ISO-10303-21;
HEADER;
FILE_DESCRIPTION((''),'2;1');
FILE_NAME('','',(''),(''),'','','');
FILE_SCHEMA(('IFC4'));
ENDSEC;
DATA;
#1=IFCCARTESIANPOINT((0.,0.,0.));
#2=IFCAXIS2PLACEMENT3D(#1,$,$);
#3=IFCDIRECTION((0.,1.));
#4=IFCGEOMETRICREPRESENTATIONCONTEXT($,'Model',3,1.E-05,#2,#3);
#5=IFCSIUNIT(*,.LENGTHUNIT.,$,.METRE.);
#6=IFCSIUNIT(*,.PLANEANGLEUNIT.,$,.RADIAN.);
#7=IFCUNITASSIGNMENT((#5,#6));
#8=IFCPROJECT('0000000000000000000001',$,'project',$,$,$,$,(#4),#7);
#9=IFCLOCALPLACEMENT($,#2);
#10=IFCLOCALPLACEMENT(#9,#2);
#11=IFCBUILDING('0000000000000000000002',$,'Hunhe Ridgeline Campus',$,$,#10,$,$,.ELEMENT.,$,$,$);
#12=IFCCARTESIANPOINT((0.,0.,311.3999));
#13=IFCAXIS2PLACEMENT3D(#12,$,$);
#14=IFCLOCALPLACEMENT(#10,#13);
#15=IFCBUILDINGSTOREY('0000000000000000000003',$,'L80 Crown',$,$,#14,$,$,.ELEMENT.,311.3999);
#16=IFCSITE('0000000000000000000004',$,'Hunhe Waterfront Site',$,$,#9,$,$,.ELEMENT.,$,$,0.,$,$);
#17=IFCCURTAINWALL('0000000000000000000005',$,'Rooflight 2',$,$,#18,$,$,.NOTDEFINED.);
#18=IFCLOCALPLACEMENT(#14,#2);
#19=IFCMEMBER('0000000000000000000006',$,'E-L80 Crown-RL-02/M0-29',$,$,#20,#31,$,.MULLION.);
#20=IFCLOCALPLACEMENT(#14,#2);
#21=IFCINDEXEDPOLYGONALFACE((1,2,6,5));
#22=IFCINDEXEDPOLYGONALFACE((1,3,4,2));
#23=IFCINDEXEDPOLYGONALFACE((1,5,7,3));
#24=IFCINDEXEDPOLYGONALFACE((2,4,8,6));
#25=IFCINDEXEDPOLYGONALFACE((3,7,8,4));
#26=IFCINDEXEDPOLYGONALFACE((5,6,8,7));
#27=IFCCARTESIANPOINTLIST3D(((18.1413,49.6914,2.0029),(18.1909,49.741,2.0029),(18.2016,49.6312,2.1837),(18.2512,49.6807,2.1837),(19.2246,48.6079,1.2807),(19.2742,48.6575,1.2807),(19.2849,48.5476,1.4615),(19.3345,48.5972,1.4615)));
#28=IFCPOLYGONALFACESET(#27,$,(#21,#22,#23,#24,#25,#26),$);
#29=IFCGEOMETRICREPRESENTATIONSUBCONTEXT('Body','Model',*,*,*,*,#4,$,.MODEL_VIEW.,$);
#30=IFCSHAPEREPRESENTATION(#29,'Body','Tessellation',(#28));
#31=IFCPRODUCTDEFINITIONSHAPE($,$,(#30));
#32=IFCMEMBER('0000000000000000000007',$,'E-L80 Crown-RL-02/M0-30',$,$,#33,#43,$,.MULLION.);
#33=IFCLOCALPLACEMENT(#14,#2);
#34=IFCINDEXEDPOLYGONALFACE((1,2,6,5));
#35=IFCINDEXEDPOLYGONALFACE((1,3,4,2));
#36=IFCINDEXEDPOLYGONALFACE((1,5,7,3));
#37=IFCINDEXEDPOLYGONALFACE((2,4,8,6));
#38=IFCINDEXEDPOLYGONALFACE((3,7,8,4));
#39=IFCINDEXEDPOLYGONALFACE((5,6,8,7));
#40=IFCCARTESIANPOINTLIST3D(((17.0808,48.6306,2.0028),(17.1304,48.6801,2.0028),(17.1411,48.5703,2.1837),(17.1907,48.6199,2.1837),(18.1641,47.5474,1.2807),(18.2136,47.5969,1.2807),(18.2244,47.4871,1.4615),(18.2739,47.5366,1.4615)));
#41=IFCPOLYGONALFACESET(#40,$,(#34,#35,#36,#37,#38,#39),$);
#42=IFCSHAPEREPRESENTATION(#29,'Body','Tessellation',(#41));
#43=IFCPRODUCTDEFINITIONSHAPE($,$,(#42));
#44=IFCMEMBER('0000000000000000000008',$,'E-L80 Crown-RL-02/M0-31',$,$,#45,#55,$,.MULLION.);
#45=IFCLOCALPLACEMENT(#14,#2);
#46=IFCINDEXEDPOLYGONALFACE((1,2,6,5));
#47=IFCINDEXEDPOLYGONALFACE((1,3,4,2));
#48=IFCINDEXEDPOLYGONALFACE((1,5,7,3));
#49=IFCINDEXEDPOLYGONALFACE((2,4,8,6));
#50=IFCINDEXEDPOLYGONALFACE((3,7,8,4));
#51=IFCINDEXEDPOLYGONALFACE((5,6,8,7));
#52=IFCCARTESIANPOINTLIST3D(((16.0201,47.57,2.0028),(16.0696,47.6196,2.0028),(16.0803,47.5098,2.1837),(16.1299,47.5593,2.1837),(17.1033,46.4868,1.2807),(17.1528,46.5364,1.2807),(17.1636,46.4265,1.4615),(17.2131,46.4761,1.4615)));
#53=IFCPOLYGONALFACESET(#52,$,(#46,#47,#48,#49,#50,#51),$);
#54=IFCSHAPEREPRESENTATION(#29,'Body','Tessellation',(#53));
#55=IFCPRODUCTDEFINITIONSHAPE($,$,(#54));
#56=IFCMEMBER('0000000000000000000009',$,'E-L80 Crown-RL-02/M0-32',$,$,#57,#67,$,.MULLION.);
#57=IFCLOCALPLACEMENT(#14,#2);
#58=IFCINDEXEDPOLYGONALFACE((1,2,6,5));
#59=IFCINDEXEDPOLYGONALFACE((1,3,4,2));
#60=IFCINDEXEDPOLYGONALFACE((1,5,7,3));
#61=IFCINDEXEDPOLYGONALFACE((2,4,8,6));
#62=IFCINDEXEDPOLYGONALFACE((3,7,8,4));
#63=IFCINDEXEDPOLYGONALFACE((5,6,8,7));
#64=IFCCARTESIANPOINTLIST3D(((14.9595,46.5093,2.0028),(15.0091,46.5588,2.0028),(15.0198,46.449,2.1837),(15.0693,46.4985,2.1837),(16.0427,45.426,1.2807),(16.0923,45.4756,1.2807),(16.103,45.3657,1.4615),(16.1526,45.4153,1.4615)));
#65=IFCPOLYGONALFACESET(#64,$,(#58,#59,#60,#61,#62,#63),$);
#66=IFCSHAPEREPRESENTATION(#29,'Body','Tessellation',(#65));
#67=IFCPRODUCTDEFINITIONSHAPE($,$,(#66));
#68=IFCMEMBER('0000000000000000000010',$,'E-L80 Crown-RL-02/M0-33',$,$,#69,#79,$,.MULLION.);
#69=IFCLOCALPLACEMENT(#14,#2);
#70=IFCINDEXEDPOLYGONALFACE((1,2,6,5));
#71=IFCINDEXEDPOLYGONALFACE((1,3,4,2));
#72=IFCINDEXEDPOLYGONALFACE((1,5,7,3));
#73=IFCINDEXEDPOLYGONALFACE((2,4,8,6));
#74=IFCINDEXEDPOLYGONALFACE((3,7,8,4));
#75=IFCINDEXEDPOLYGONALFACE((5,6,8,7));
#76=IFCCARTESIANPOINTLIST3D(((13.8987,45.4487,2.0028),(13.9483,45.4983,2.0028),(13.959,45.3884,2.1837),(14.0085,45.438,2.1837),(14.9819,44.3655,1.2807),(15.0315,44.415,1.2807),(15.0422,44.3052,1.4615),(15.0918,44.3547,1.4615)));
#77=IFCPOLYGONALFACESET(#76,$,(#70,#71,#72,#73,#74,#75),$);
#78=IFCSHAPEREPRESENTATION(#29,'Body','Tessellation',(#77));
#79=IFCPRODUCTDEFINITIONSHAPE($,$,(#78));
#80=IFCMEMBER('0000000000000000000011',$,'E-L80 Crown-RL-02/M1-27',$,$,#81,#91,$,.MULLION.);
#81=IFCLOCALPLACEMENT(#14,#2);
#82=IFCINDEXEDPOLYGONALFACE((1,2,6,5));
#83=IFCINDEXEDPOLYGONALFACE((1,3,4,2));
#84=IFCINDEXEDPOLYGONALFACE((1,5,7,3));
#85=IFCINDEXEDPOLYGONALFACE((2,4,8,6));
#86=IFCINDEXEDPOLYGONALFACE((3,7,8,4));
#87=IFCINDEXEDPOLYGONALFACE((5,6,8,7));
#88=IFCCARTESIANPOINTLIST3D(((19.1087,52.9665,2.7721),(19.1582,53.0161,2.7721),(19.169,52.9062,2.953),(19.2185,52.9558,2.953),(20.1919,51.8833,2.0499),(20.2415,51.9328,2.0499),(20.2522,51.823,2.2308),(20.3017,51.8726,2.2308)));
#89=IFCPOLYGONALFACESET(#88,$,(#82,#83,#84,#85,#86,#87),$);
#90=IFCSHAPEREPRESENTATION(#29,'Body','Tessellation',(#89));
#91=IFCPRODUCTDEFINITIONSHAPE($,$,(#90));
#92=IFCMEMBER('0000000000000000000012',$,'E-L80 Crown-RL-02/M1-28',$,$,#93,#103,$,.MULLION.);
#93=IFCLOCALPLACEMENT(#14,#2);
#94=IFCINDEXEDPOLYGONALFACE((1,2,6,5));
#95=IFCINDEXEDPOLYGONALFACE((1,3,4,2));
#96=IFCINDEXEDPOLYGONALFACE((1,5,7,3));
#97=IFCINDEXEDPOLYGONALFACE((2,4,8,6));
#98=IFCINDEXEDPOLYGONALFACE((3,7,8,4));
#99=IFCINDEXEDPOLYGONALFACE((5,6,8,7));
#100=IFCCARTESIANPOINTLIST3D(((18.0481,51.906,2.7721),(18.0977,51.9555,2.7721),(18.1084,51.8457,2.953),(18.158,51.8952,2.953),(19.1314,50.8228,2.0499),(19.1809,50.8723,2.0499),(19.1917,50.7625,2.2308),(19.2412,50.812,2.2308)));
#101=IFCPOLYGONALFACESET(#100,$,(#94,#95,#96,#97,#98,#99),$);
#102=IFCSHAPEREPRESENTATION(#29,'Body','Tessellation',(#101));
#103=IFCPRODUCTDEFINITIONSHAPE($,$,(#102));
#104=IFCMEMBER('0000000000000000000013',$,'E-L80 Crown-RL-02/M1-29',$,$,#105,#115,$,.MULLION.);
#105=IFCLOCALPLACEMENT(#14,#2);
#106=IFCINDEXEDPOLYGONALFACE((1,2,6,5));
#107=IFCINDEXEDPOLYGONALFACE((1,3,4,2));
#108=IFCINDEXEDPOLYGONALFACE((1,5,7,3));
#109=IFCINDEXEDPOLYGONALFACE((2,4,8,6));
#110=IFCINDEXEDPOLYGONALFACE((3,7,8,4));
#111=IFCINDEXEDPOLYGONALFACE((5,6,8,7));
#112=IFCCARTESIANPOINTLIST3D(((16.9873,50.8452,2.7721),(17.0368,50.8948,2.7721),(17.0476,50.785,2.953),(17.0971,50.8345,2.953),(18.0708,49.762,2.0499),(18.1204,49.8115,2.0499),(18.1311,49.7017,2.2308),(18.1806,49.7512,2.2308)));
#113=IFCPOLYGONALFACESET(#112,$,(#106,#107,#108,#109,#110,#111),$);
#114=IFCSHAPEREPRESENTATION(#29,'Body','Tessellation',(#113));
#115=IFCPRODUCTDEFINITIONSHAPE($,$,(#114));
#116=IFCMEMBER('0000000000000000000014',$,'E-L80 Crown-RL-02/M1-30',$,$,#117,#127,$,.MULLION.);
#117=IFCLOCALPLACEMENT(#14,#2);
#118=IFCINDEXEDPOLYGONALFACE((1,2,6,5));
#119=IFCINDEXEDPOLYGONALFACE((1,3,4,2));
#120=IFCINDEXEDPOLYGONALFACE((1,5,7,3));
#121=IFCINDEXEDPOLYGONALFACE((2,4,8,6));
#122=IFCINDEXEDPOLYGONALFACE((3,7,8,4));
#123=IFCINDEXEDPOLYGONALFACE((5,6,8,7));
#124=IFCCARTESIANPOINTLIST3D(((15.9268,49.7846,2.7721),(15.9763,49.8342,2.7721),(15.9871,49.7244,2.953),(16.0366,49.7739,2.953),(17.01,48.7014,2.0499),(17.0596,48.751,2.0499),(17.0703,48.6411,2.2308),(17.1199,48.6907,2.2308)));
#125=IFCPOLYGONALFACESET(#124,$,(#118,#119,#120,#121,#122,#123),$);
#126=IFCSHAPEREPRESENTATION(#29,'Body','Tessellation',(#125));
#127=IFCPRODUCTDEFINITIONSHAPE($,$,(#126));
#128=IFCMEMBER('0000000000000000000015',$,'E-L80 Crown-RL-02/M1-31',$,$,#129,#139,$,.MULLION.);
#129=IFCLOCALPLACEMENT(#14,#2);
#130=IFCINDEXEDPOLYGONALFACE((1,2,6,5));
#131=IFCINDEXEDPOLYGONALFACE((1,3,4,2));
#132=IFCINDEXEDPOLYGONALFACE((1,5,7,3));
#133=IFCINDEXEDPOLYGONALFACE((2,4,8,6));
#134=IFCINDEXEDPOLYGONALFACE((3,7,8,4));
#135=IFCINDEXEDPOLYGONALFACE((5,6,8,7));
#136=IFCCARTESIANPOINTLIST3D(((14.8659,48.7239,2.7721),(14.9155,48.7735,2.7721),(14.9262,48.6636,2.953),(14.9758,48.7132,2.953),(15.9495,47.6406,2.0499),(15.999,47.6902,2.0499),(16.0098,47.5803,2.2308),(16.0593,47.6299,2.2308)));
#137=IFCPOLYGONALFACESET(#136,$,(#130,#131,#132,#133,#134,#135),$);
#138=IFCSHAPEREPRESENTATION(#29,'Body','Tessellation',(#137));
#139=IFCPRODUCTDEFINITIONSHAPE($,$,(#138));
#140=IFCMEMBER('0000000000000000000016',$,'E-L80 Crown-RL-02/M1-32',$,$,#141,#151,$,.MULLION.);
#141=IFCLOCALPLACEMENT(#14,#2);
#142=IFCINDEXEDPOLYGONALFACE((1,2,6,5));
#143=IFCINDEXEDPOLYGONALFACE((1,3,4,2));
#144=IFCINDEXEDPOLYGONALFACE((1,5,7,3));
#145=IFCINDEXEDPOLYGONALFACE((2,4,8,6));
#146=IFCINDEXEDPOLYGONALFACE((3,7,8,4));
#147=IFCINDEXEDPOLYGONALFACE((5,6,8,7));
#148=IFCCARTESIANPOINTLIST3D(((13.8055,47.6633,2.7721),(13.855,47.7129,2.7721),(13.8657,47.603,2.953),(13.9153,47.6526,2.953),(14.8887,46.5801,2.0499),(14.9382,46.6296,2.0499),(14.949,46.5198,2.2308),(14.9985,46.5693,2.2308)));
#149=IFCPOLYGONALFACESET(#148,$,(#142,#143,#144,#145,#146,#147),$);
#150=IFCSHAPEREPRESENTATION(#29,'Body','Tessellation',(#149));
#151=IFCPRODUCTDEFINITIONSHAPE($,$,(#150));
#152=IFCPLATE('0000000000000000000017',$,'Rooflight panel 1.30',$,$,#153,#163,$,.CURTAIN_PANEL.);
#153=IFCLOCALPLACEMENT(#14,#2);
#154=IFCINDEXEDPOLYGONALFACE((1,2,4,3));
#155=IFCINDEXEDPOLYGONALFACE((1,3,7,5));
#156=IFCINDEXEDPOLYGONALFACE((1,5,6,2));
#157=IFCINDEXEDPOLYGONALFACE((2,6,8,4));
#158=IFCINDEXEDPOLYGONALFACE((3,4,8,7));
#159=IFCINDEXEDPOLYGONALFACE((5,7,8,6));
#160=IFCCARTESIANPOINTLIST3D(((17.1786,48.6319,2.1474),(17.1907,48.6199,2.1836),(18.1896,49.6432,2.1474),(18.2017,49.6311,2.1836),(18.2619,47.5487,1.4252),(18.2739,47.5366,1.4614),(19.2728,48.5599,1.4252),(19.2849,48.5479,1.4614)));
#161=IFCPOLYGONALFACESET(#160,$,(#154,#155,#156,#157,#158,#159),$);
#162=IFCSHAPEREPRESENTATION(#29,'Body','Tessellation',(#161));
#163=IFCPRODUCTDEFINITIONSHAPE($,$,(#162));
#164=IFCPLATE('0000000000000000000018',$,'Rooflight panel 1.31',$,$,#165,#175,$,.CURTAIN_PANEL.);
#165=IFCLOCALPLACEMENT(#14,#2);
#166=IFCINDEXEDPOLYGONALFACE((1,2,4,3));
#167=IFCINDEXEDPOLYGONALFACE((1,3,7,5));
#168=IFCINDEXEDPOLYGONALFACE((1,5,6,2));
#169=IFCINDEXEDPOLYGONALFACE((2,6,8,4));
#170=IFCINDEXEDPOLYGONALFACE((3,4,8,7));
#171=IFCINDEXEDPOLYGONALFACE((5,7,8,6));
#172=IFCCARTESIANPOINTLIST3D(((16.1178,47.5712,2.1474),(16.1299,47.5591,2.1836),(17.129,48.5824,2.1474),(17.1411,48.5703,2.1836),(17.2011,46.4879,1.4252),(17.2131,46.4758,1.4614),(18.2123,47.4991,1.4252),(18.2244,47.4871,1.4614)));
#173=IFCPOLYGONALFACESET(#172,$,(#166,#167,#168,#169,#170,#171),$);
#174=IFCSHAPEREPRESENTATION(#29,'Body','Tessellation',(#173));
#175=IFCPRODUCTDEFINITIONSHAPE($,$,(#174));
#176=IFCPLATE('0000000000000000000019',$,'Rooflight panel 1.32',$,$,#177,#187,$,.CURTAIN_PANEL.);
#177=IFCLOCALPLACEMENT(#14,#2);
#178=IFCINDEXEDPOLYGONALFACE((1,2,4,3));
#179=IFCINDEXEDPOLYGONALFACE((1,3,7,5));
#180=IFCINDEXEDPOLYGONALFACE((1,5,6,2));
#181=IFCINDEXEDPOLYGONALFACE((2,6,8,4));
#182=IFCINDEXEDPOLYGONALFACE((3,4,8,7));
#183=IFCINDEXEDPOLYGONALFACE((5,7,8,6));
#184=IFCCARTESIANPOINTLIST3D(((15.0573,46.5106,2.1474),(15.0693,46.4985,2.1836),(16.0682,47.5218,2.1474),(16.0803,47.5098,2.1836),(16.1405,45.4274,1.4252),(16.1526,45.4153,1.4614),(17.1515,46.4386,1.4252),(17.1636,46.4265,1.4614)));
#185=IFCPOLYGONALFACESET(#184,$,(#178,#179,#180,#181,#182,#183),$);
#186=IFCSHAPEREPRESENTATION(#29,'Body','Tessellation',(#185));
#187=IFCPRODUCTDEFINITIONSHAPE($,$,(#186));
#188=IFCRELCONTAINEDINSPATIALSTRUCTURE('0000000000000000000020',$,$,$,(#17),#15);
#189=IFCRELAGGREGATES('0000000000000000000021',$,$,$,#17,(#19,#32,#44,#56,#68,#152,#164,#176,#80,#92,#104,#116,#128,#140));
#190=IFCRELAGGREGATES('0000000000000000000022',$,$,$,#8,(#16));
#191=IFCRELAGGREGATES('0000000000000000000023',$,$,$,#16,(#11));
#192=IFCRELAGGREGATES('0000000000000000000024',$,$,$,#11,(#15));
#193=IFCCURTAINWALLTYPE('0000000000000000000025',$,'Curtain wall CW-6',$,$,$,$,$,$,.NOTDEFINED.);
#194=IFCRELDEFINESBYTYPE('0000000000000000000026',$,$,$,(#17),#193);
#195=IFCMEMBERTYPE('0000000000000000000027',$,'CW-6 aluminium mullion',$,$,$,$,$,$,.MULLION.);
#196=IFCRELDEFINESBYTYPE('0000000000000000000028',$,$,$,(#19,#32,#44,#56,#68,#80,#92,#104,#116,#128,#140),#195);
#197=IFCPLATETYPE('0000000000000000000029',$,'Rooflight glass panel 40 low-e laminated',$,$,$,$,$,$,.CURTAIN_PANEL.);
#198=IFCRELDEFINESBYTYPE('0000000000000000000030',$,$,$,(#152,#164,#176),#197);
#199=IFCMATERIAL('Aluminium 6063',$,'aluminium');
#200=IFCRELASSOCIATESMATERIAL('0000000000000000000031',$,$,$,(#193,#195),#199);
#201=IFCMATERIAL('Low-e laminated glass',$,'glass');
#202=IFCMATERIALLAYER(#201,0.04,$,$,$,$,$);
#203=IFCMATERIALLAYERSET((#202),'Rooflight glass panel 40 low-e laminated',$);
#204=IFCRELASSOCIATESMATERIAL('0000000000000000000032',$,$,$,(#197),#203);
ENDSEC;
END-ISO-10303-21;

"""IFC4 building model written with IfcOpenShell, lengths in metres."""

from ifc_helpers import new_model, si_unit, direction, frame, origin, origin_2d, place, context, subcontext, project, spatial, polyline, rectangle, outline, extrude, material, layer, layer_set, material_profile, profile_set, type_object, element, aggregate, save


model = new_model("IFC4")

# Units and contexts
model_context = context("Model", 3, precision=1e-05, world=origin(), true_north=direction((0.0, 1.0)))
body_context = subcontext(model_context, "Body", "Model", "MODEL_VIEW")
ifc_project = project(units=[si_unit("LENGTHUNIT", "METRE"), si_unit("PLANEANGLEUNIT", "RADIAN")], contexts=[model_context])

# Site, building, storey
site_placement = place(None, origin())
site = spatial("IfcSite", under=ifc_project, at=site_placement, Name="Hunhe Waterfront Site", CompositionType="ELEMENT", RefElevation=0.0)
building_placement = place(site_placement, origin())
building = spatial("IfcBuilding", under=site, at=building_placement, Name="Hunhe Ridgeline Campus", CompositionType="ELEMENT")
storey_placement = place(building_placement, frame((0.0, 0.0, 311.3999)))
storey = spatial("IfcBuildingStorey", under=building, at=storey_placement, Name="L80 Crown", CompositionType="ELEMENT", Elevation=311.3999)

# Curtain wall, members, plates
ifc_material_1 = material(Name="Aluminium 6063", Category="aluminium")
curtain_wall_type = type_object("IfcCurtainWallType", Name="Curtain wall CW-6", PredefinedType="NOTDEFINED", material=ifc_material_1)
curtain_wall_placement = place(storey_placement, origin())
curtain_wall = element("IfcCurtainWall", 1, at=curtain_wall_placement, inside=storey, type_object=curtain_wall_type, Name="Rooflight 2", PredefinedType="NOTDEFINED")
ifc_material_profile = material_profile(ifc_material_1, rectangle(XDim=0.0701, YDim=0.2, at=origin_2d()))
ifc_profile_set = profile_set([ifc_material_profile], Name="Aluminium 6063")
member_type = type_object("IfcMemberType", Name="CW-6 aluminium mullion", PredefinedType="MULLION", material=ifc_profile_set)
member_1_placement = place(storey_placement, frame((19.2795, 48.6025, 1.3711), z_axis=(-0.639543, 0.639687, 0.426362), x_axis=(-0.707186, -0.707027, 0.0)))
member_1 = element("IfcMember", 2, at=member_1_placement, type_object=member_type, Name="E-L80 Crown-RL-02/M0-29", PredefinedType="MULLION", context=body_context, shape_type="SweptSolid", body=[
    extrude(rectangle(XDim=0.0701, YDim=0.2, at=origin_2d()), origin(), (0.0, 0.0, 1.0), 1.6938),
])
member_2_placement = place(storey_placement, frame((18.219, 47.542, 1.3711), z_axis=(-0.639602, 0.639602, 0.426401), x_axis=(-0.707107, -0.707107, 0.0)))
member_2 = element("IfcMember", 3, at=member_2_placement, type_object=member_type, Name="E-L80 Crown-RL-02/M0-30", PredefinedType="MULLION", context=body_context, shape_type="SweptSolid", body=[
    extrude(rectangle(XDim=0.0701, YDim=0.2, at=origin_2d()), origin(), (0.0, 0.0, 1.0), 1.6936),
])
member_3_placement = place(storey_placement, frame((17.1582, 46.4814, 1.3711), z_axis=(-0.639602, 0.639602, 0.426401), x_axis=(-0.707107, -0.707107, 0.0)))
member_3 = element("IfcMember", 4, at=member_3_placement, type_object=member_type, Name="E-L80 Crown-RL-02/M0-31", PredefinedType="MULLION", context=body_context, shape_type="SweptSolid", body=[
    extrude(rectangle(XDim=0.0701, YDim=0.2, at=origin_2d()), origin(), (0.0, 0.0, 1.0), 1.6936),
])
member_4_placement = place(storey_placement, frame((16.0977, 45.4207, 1.3711), z_axis=(-0.639602, 0.639602, 0.426401), x_axis=(-0.707107, -0.707107, 0.0)))
member_4 = element("IfcMember", 5, at=member_4_placement, type_object=member_type, Name="E-L80 Crown-RL-02/M0-32", PredefinedType="MULLION", context=body_context, shape_type="SweptSolid", body=[
    extrude(rectangle(XDim=0.0701, YDim=0.2, at=origin_2d()), origin(), (0.0, 0.0, 1.0), 1.6936),
])
member_5_placement = place(storey_placement, frame((15.0369, 44.3601, 1.3711), z_axis=(-0.639602, 0.639602, 0.426401), x_axis=(-0.707107, -0.707107, 0.0)))
member_5 = element("IfcMember", 6, at=member_5_placement, type_object=member_type, Name="E-L80 Crown-RL-02/M0-33", PredefinedType="MULLION", context=body_context, shape_type="SweptSolid", body=[
    extrude(rectangle(XDim=0.0701, YDim=0.2, at=origin_2d()), origin(), (0.0, 0.0, 1.0), 1.6936),
])
member_6_placement = place(storey_placement, frame((20.2468, 51.8779, 2.1404), z_axis=(-0.639602, 0.639602, 0.426401), x_axis=(-0.707107, -0.707107, 0.0)))
member_6 = element("IfcMember", 7, at=member_6_placement, type_object=member_type, Name="E-L80 Crown-RL-02/M1-27", PredefinedType="MULLION", context=body_context, shape_type="SweptSolid", body=[
    extrude(rectangle(XDim=0.0701, YDim=0.2, at=origin_2d()), origin(), (0.0, 0.0, 1.0), 1.6936),
])
member_7_placement = place(storey_placement, frame((19.1863, 50.8174, 2.1404), z_axis=(-0.639602, 0.639602, 0.426401), x_axis=(-0.707107, -0.707107, 0.0)))
member_7 = element("IfcMember", 8, at=member_7_placement, type_object=member_type, Name="E-L80 Crown-RL-02/M1-28", PredefinedType="MULLION", context=body_context, shape_type="SweptSolid", body=[
    extrude(rectangle(XDim=0.0701, YDim=0.2, at=origin_2d()), origin(), (0.0, 0.0, 1.0), 1.6936),
])
member_8_placement = place(storey_placement, frame((18.1257, 49.7566, 2.1404), z_axis=(-0.639687, 0.639543, 0.426362), x_axis=(-0.707027, -0.707186, 0.0)))
member_8 = element("IfcMember", 9, at=member_8_placement, type_object=member_type, Name="E-L80 Crown-RL-02/M1-29", PredefinedType="MULLION", context=body_context, shape_type="SweptSolid", body=[
    extrude(rectangle(XDim=0.0701, YDim=0.2, at=origin_2d()), origin(), (0.0, 0.0, 1.0), 1.6938),
])
member_9_placement = place(storey_placement, frame((17.0649, 48.696, 2.1404), z_axis=(-0.639602, 0.639602, 0.426401), x_axis=(-0.707107, -0.707107, 0.0)))
member_9 = element("IfcMember", 10, at=member_9_placement, type_object=member_type, Name="E-L80 Crown-RL-02/M1-30", PredefinedType="MULLION", context=body_context, shape_type="SweptSolid", body=[
    extrude(rectangle(XDim=0.0701, YDim=0.2, at=origin_2d()), origin(), (0.0, 0.0, 1.0), 1.6936),
])
member_10_placement = place(storey_placement, frame((16.0044, 47.6353, 2.1404), z_axis=(-0.639687, 0.639543, 0.426362), x_axis=(-0.707027, -0.707186, 0.0)))
member_10 = element("IfcMember", 11, at=member_10_placement, type_object=member_type, Name="E-L80 Crown-RL-02/M1-31", PredefinedType="MULLION", context=body_context, shape_type="SweptSolid", body=[
    extrude(rectangle(XDim=0.0701, YDim=0.2, at=origin_2d()), origin(), (0.0, 0.0, 1.0), 1.6938),
])
member_11_placement = place(storey_placement, frame((14.9436, 46.5747, 2.1404), z_axis=(-0.639602, 0.639602, 0.426401), x_axis=(-0.707107, -0.707107, 0.0)))
member_11 = element("IfcMember", 12, at=member_11_placement, type_object=member_type, Name="E-L80 Crown-RL-02/M1-32", PredefinedType="MULLION", context=body_context, shape_type="SweptSolid", body=[
    extrude(rectangle(XDim=0.0701, YDim=0.2, at=origin_2d()), origin(), (0.0, 0.0, 1.0), 1.6936),
])
ifc_material_2 = material(Name="Low-e laminated glass", Category="glass")
ifc_layer = layer(ifc_material_2, 0.04)
ifc_layer_set = layer_set([ifc_layer], Name="Rooflight glass panel 40 low-e laminated")
plate_type = type_object("IfcPlateType", Name="Rooflight glass panel 40 low-e laminated", PredefinedType="CURTAIN_PANEL", material=ifc_layer_set)
plate_1_placement = place(storey_placement, frame((19.2849, 48.5479, 1.4614), z_axis=(0.301548, -0.301475, 0.904534), x_axis=(-0.639602, 0.639602, 0.426401)))
plate_1 = element("IfcPlate", 13, at=plate_1_placement, type_object=plate_type, Name="Rooflight panel 1.30", PredefinedType="CURTAIN_PANEL", context=body_context, shape_type="SweptSolid", body=[
    extrude(outline(polyline([(0.0, 0.0), (1.6936, 0.0), (1.6935, 1.4299), (-0.0002, 1.4299), (0.0, 0.0)])), origin(), (0.0, 0.0, -1.0), 0.04),
])
plate_2_placement = place(storey_placement, frame((18.2244, 47.4871, 1.4614), z_axis=(0.301511, -0.301511, 0.904534), x_axis=(-0.639602, 0.639602, 0.426401)))
plate_2 = element("IfcPlate", 14, at=plate_2_placement, type_object=plate_type, Name="Rooflight panel 1.31", PredefinedType="CURTAIN_PANEL", context=body_context, shape_type="SweptSolid", body=[
    extrude(outline(polyline([(0.0, 0.0), (1.6936, 0.0), (1.6936, 1.4301), (0.0, 1.4301), (0.0, 0.0)])), origin(), (0.0, 0.0, -1.0), 0.04),
])
plate_3_placement = place(storey_placement, frame((17.1636, 46.4265, 1.4614), z_axis=(0.301548, -0.301475, 0.904534), x_axis=(-0.639602, 0.639602, 0.426401)))
plate_3 = element("IfcPlate", 15, at=plate_3_placement, type_object=plate_type, Name="Rooflight panel 1.32", PredefinedType="CURTAIN_PANEL", context=body_context, shape_type="SweptSolid", body=[
    extrude(outline(polyline([(0.0, 0.0), (1.6936, 0.0), (1.6935, 1.4299), (-0.0002, 1.4299), (0.0, 0.0)])), origin(), (0.0, 0.0, -1.0), 0.04),
])
aggregate(curtain_wall, [member_1, member_2, member_3, member_4, member_5, plate_1, plate_2, plate_3, member_6, member_7, member_8, member_9, member_10, member_11])

save(model, "model.ifc")
